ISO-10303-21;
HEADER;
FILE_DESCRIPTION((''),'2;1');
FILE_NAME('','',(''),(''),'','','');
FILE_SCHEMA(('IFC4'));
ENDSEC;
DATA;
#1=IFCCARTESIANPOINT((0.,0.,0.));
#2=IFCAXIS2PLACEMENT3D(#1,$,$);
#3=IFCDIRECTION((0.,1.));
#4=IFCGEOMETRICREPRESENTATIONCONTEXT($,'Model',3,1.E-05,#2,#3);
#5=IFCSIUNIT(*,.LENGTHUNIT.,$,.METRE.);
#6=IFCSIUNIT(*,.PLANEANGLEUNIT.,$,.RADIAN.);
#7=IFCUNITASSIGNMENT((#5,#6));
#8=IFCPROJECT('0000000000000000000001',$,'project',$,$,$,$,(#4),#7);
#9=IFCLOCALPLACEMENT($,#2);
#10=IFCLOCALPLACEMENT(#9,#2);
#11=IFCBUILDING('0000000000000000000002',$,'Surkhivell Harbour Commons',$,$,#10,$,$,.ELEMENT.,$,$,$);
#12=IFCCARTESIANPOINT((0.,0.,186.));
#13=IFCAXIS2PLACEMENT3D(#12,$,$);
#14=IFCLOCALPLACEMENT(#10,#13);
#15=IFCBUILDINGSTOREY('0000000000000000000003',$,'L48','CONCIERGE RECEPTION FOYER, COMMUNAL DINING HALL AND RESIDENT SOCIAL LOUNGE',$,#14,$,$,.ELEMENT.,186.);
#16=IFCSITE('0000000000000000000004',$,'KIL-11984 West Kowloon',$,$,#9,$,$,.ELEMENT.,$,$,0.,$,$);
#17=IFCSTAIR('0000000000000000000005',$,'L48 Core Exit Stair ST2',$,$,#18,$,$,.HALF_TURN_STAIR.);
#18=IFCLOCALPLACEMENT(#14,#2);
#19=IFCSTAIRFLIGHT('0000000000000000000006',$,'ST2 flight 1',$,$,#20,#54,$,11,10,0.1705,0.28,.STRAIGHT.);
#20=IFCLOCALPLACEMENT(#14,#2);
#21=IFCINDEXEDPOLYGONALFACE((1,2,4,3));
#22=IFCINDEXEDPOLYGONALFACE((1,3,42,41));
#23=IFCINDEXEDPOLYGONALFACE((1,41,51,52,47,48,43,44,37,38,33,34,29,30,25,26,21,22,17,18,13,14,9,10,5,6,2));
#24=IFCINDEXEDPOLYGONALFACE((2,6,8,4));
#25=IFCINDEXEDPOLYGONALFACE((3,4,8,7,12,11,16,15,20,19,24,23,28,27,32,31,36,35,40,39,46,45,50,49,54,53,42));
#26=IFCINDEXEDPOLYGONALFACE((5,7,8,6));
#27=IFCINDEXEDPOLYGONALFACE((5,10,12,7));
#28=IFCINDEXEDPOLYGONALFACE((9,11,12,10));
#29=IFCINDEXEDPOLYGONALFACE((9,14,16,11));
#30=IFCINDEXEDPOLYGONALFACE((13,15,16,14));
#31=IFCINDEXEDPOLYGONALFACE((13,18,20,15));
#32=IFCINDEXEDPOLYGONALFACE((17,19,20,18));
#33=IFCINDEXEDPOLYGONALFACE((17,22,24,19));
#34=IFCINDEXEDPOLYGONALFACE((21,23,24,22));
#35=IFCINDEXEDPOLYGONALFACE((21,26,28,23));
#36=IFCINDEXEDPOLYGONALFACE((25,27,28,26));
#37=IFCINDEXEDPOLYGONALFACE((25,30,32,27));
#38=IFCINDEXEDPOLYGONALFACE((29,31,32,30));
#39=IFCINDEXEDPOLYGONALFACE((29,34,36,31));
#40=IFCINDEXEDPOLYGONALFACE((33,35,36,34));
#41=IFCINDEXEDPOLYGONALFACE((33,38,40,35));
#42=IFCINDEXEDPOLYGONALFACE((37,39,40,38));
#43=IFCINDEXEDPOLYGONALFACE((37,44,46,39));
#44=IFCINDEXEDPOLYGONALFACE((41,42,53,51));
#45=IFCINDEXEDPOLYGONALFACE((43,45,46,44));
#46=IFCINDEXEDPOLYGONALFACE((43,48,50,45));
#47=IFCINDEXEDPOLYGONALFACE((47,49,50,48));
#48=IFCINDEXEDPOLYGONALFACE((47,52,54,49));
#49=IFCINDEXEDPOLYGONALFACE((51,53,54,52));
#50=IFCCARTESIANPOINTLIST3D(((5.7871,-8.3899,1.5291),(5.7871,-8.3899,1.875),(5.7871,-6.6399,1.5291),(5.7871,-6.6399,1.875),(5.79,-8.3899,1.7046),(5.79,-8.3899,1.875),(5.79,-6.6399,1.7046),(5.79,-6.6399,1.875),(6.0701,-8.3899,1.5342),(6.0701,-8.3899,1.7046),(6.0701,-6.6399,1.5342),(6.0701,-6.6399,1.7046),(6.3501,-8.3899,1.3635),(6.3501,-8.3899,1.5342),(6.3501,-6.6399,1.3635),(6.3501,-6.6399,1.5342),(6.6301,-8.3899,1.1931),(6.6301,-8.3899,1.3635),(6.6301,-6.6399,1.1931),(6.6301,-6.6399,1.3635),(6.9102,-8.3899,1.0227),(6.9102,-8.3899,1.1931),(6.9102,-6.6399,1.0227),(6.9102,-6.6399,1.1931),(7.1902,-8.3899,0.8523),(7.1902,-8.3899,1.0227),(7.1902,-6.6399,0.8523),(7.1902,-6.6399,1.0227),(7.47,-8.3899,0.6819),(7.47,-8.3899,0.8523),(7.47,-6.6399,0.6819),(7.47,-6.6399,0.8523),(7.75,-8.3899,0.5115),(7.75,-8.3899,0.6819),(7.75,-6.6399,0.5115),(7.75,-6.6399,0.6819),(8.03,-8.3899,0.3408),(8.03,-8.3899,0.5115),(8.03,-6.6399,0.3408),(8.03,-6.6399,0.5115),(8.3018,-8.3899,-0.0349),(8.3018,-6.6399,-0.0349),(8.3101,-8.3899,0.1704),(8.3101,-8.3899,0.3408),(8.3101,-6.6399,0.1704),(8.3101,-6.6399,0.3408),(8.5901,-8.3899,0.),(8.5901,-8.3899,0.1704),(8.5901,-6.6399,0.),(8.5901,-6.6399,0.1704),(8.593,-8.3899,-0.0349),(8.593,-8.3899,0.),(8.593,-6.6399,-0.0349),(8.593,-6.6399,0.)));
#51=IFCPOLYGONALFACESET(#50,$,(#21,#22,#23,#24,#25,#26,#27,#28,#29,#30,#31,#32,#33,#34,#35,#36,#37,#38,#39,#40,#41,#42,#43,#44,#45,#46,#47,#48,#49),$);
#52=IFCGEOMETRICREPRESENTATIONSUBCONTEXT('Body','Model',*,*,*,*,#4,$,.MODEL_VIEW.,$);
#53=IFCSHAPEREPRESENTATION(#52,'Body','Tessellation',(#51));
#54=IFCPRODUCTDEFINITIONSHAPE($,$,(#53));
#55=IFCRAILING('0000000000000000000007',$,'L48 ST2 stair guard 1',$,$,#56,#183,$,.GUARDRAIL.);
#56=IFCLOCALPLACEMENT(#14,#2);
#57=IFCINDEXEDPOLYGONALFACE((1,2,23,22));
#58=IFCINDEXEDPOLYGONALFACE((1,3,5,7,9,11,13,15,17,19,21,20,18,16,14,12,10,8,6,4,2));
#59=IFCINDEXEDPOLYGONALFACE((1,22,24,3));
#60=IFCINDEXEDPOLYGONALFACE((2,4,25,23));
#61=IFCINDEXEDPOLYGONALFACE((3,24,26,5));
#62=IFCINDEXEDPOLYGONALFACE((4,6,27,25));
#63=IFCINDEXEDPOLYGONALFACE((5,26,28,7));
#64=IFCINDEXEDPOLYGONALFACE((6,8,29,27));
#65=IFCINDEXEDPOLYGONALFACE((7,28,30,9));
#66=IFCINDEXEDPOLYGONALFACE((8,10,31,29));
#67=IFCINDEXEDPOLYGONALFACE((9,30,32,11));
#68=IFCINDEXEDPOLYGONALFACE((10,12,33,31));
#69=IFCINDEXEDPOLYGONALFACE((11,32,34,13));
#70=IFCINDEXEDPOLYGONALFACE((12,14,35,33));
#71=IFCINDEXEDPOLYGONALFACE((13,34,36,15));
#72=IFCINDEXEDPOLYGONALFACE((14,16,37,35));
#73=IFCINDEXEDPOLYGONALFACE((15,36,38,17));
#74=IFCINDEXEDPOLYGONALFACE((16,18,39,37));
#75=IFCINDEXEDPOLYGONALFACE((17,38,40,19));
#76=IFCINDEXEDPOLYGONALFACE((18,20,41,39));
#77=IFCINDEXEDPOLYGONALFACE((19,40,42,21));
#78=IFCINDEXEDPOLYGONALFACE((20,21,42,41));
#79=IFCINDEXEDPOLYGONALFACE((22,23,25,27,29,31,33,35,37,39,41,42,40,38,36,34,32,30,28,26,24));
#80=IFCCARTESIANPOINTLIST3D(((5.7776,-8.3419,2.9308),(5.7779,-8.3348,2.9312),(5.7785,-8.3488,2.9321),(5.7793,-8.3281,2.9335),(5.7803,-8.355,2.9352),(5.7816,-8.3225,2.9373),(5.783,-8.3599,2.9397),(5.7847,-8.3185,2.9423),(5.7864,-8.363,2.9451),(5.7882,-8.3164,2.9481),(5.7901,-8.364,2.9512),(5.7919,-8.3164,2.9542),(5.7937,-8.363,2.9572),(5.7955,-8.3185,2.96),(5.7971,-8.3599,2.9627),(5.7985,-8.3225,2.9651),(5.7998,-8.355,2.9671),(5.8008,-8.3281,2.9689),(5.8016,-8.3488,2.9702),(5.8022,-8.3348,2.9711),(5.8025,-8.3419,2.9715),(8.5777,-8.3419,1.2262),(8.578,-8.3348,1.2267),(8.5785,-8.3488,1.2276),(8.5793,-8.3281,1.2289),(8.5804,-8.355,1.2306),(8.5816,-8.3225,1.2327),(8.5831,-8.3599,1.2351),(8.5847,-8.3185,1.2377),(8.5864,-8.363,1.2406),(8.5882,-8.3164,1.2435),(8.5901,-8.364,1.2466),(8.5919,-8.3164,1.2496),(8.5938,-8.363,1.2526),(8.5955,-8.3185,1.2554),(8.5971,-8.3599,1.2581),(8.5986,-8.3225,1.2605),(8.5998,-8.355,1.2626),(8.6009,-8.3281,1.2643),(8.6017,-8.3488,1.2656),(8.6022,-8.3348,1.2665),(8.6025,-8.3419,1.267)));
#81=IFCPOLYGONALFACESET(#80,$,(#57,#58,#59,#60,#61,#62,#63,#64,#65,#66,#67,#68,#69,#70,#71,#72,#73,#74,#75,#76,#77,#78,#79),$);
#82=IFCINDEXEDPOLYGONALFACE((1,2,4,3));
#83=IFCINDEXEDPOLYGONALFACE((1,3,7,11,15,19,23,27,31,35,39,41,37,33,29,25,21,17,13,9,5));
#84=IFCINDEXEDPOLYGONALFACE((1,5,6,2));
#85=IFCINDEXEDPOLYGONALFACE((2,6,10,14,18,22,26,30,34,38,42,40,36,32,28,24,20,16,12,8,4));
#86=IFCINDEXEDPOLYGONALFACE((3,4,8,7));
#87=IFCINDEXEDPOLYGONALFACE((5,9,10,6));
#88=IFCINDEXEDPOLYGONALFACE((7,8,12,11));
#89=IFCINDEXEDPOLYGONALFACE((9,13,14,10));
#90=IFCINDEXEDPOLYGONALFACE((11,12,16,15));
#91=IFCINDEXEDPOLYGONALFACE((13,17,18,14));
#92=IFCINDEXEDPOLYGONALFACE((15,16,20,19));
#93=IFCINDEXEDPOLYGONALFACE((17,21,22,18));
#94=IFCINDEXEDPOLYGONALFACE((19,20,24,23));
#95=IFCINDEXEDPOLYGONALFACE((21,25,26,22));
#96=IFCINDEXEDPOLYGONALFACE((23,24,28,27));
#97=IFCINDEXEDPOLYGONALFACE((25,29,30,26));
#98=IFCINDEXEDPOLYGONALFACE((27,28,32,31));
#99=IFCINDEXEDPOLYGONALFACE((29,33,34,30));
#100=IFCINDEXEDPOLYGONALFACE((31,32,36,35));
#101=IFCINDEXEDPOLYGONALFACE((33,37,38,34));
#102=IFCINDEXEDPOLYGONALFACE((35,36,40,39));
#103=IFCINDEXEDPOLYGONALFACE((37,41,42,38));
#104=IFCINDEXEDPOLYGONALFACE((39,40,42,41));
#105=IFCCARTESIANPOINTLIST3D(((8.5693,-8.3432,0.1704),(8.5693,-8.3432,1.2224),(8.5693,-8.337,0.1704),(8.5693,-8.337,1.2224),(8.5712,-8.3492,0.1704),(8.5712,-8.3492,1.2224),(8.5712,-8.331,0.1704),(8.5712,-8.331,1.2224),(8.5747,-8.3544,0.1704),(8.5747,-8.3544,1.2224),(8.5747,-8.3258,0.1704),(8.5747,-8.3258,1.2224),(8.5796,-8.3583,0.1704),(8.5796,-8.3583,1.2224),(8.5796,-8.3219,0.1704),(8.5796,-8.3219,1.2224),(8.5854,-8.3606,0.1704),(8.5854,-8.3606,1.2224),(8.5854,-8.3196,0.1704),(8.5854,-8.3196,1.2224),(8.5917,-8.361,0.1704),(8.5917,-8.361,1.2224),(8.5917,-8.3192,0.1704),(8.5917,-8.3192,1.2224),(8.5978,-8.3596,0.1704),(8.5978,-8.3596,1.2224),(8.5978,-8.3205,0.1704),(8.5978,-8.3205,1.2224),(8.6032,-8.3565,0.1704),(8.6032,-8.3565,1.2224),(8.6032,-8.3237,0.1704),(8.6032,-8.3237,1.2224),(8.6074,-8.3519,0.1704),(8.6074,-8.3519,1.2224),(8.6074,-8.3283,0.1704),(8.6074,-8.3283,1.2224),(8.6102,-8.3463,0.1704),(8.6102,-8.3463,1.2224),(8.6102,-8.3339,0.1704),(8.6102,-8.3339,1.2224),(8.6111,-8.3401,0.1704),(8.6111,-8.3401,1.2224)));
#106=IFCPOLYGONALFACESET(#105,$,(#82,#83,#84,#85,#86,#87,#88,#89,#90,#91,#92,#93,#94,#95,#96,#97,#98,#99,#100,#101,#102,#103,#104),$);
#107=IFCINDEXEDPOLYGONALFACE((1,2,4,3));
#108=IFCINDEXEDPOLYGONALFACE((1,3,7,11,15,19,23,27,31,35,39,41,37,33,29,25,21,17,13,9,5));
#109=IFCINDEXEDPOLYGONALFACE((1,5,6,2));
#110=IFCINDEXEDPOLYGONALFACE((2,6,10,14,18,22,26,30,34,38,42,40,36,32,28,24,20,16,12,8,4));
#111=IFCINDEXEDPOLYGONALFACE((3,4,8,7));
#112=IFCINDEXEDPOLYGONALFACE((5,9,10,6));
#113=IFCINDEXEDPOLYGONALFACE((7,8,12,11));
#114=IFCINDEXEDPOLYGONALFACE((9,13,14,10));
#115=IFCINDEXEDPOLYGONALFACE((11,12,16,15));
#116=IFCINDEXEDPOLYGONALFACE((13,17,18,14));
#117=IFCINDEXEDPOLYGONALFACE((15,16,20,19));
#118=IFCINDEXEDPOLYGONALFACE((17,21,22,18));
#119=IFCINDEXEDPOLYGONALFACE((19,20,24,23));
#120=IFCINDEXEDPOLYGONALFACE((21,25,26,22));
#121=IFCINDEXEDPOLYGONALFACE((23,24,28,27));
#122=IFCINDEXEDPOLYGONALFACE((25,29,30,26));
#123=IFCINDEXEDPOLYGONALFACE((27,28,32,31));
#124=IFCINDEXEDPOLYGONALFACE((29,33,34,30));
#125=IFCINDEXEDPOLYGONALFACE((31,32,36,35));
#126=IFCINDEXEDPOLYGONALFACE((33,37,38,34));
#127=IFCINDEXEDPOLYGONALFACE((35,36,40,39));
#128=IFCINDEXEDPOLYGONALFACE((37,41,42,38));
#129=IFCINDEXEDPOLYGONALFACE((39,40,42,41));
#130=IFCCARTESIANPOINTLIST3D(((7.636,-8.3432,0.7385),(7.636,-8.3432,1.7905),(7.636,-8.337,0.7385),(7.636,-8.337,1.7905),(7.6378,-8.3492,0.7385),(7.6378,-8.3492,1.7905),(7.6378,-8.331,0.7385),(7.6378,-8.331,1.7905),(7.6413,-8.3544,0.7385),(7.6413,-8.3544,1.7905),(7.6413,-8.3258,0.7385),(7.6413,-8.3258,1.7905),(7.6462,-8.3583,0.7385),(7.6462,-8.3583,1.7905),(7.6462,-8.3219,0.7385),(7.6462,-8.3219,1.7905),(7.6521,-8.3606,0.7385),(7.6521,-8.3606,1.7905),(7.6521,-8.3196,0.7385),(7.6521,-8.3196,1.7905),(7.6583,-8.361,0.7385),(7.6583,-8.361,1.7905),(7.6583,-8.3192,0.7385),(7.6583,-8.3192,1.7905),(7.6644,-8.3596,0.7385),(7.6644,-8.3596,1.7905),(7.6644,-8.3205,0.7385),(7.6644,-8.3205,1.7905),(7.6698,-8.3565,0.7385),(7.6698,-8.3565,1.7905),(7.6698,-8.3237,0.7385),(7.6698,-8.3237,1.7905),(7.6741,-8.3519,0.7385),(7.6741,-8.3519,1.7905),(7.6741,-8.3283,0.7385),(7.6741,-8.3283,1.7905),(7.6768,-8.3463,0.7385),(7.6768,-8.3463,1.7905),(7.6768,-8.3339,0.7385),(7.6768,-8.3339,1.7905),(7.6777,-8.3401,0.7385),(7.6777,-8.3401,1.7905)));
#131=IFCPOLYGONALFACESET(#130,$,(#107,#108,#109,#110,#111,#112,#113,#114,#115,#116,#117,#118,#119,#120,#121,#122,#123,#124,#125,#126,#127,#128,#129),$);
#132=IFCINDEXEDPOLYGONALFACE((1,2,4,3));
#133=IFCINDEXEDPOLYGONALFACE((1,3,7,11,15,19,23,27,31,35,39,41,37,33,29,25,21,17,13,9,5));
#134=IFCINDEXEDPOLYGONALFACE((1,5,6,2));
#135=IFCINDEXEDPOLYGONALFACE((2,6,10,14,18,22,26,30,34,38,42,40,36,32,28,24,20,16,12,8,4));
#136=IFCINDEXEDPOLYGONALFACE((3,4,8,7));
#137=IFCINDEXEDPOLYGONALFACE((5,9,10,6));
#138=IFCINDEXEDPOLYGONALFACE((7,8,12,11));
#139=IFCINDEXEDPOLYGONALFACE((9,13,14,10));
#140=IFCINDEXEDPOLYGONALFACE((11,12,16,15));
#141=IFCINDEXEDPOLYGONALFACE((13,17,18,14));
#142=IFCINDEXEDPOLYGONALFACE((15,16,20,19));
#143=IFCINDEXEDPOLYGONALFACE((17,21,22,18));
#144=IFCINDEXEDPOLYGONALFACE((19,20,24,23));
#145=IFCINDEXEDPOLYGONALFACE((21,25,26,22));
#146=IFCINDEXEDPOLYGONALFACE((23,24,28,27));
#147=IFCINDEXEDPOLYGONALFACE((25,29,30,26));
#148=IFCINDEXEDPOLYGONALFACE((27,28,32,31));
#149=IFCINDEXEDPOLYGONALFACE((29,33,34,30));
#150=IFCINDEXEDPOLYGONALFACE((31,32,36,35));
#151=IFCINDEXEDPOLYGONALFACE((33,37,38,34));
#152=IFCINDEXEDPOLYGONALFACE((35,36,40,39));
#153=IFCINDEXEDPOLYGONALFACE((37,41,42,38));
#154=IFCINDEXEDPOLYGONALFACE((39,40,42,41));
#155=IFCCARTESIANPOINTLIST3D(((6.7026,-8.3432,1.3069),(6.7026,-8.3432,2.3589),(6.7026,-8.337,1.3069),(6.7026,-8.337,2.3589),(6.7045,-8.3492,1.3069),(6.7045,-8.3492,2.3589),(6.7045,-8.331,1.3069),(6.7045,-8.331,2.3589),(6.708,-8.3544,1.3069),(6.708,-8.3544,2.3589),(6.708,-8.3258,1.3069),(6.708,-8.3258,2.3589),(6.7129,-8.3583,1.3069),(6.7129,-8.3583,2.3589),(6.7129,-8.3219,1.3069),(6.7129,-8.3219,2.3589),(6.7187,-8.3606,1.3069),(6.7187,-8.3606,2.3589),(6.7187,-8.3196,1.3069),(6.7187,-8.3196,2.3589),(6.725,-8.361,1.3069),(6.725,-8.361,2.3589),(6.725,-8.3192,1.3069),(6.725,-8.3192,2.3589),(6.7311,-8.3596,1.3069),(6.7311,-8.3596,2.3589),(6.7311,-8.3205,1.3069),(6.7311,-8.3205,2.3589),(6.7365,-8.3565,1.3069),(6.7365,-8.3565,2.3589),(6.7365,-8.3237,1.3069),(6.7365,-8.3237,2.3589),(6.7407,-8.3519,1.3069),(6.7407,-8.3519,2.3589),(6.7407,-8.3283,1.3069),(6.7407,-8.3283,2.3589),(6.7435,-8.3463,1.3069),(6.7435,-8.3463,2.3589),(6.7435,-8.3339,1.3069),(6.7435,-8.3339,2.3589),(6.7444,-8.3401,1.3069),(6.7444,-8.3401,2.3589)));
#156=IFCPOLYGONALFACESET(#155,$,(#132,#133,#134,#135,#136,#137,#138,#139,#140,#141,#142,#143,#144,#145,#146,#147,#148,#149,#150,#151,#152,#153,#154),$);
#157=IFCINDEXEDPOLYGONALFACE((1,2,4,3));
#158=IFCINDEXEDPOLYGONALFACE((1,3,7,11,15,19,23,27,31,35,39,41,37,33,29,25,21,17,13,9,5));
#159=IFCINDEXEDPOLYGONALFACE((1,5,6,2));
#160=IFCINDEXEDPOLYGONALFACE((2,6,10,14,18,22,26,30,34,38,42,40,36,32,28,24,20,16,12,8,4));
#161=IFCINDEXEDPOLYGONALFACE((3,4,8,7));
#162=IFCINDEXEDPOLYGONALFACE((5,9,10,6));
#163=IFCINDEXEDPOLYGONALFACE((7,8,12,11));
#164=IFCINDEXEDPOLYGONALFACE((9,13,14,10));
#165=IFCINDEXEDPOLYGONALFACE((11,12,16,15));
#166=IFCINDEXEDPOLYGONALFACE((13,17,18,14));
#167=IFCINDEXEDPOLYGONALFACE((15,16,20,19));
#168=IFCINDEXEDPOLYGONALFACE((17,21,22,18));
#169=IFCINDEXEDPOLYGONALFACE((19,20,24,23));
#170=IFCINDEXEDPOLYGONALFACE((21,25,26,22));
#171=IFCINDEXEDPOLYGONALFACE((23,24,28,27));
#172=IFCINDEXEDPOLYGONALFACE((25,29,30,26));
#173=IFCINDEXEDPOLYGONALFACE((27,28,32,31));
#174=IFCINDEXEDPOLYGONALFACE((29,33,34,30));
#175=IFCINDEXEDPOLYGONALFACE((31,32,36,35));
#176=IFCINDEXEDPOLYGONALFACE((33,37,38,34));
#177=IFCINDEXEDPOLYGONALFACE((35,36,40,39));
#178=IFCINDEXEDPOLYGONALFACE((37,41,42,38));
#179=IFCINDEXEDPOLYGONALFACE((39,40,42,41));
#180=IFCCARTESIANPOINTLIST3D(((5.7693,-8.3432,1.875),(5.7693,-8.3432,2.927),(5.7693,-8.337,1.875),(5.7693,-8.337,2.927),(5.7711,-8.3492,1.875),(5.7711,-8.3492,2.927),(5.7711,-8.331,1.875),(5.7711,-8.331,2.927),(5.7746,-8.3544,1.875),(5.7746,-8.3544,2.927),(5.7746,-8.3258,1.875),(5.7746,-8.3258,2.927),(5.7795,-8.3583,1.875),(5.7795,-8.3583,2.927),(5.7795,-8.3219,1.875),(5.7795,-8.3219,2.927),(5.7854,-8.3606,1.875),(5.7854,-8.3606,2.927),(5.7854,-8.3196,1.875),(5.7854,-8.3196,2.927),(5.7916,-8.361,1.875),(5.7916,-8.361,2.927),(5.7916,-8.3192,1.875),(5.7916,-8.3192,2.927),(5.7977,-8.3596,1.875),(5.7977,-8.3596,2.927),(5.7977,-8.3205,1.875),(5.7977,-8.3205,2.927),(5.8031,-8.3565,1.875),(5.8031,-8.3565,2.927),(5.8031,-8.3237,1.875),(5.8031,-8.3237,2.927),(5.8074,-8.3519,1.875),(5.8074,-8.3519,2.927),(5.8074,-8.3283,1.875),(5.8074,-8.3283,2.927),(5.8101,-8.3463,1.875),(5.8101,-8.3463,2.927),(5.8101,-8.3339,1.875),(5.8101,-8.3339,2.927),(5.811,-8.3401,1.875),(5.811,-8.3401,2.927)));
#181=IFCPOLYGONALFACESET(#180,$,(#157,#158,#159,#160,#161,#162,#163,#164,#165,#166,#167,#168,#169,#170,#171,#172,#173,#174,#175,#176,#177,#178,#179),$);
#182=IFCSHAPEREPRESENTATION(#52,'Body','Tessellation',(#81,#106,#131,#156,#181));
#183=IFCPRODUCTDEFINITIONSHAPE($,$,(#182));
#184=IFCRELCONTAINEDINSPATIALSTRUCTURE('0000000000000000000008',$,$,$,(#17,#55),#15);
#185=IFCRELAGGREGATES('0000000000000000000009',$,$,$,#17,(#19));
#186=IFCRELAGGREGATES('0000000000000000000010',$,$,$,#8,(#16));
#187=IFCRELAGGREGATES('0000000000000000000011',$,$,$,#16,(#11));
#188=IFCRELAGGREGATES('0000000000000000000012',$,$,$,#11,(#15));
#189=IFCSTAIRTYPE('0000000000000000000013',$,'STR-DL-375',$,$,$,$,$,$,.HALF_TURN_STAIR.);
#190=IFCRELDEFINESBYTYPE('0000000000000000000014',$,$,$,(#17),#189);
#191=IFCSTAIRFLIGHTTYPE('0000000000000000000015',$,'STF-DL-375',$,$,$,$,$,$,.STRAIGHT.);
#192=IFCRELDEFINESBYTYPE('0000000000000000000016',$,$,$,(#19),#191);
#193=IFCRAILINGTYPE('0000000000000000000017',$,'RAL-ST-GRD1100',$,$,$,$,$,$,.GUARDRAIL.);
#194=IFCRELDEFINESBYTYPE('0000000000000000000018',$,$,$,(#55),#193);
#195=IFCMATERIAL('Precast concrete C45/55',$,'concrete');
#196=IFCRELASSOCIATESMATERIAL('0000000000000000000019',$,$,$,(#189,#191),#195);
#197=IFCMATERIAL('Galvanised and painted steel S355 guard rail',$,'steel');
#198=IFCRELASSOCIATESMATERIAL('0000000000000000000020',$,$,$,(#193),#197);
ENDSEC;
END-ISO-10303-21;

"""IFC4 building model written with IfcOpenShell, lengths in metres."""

from ifc_helpers import new_model, si_unit, direction, frame, origin, origin_2d, place, context, subcontext, project, spatial, polyline, circle, outline, extrude, material, type_object, element, aggregate, save


model = new_model("IFC4")

# Units and contexts
model_context = context("Model", 3, precision=1e-05, world=origin(), true_north=direction((0.0, 1.0)))
body_context = subcontext(model_context, "Body", "Model", "MODEL_VIEW")
ifc_project = project(units=[si_unit("LENGTHUNIT", "METRE"), si_unit("PLANEANGLEUNIT", "RADIAN")], contexts=[model_context])

# Site, building, storey
site_placement = place(None, origin())
site = spatial("IfcSite", under=ifc_project, at=site_placement, Name="KIL-11984 West Kowloon", CompositionType="ELEMENT", RefElevation=0.0)
building_placement = place(site_placement, origin())
building = spatial("IfcBuilding", under=site, at=building_placement, Name="Surkhivell Harbour Commons", CompositionType="ELEMENT")
storey_placement = place(building_placement, frame((0.0, 0.0, 186.0)))
storey = spatial("IfcBuildingStorey", under=building, at=storey_placement, Name="L48", Description="CONCIERGE RECEPTION FOYER, COMMUNAL DINING HALL AND RESIDENT SOCIAL LOUNGE", CompositionType="ELEMENT", Elevation=186.0)

# Stair, stair flight
ifc_material_1 = material(Name="Precast concrete C45/55", Category="concrete")
stair_type = type_object("IfcStairType", Name="STR-DL-375", PredefinedType="HALF_TURN_STAIR", material=ifc_material_1)
stair_placement = place(storey_placement, origin())
stair = element("IfcStair", 1, at=stair_placement, inside=storey, type_object=stair_type, Name="L48 Core Exit Stair ST2", PredefinedType="HALF_TURN_STAIR")
stair_flight_type = type_object("IfcStairFlightType", Name="STF-DL-375", PredefinedType="STRAIGHT", material=ifc_material_1)
stair_flight_placement = place(storey_placement, frame((8.5901, -7.5149, 0.0), z_axis=(0.0, 0.0, 1.0), x_axis=(-1.0, 0.0, 0.0)))
stair_flight = element("IfcStairFlight", 2, at=stair_flight_placement, type_object=stair_flight_type, Name="ST2 flight 1", NumberOfRisers=11, NumberOfTreads=10, PredefinedType="STRAIGHT", RiserHeight=0.1705, TreadLength=0.28, context=body_context, shape_type="SweptSolid", body=[
    extrude(outline(polyline([(-0.0029, -0.0349), (-0.0029, 0.0), (0.0, 0.0), (0.0, 0.1704), (0.28, 0.1704), (0.28, 0.3408), (0.5601, 0.3408), (0.5601, 0.5115), (0.8401, 0.5115), (0.8401, 0.6819), (1.1201, 0.6819), (1.1201, 0.8523), (1.3999, 0.8523), (1.3999, 1.0227), (1.6799, 1.0227), (1.6799, 1.1931), (1.96, 1.1931), (1.96, 1.3635), (2.24, 1.3635), (2.24, 1.5342), (2.52, 1.5342), (2.52, 1.7046), (2.8, 1.7046), (2.8, 1.875), (2.803, 1.875), (2.803, 1.5291), (0.2883, -0.0349), (-0.0029, -0.0349)])), frame((0.0, 0.875, 0.0), z_axis=(0.0, -1.0, 0.0), x_axis=(1.0, 0.0, 0.0)), (0.0, 0.0, 1.0), 1.75),
])
aggregate(stair, [stair_flight])

# Railing
ifc_material_2 = material(Name="Galvanised and painted steel S355 guard rail", Category="steel")
railing_type_1 = type_object("IfcRailingType", Name="RAL-ST-GRD1100", PredefinedType="GUARDRAIL", material=ifc_material_2)
railing_1_placement = place(storey_placement, frame((8.5901, -8.3401, 0.1704)))
element("IfcRailing", 3, at=railing_1_placement, inside=storey, type_object=railing_type_1, Name="L48 ST2 stair guard 1", PredefinedType="GUARDRAIL", context=body_context, shape_type="SweptSolid", body=[
    extrude(circle(Radius=0.0239, at=origin_2d()), frame((0.0, 0.0, 1.0762), z_axis=(-0.85417, 0.0, 0.519994), x_axis=(0.0, -1.0, 0.0)), (0.0, 0.0, 1.0), 3.2781),
    extrude(circle(Radius=0.021, at=origin_2d()), origin(), (0.0, 0.0, 1.0), 1.052),
    extrude(circle(Radius=0.021, at=origin_2d()), frame((-0.9333, 0.0, 0.5681)), (0.0, 0.0, 1.0), 1.052),
    extrude(circle(Radius=0.021, at=origin_2d()), frame((-1.8667, 0.0, 1.1365)), (0.0, 0.0, 1.0), 1.052),
    extrude(circle(Radius=0.021, at=origin_2d()), frame((-2.8, 0.0, 1.7046)), (0.0, 0.0, 1.0), 1.052),
])

save(model, "model.ifc")
